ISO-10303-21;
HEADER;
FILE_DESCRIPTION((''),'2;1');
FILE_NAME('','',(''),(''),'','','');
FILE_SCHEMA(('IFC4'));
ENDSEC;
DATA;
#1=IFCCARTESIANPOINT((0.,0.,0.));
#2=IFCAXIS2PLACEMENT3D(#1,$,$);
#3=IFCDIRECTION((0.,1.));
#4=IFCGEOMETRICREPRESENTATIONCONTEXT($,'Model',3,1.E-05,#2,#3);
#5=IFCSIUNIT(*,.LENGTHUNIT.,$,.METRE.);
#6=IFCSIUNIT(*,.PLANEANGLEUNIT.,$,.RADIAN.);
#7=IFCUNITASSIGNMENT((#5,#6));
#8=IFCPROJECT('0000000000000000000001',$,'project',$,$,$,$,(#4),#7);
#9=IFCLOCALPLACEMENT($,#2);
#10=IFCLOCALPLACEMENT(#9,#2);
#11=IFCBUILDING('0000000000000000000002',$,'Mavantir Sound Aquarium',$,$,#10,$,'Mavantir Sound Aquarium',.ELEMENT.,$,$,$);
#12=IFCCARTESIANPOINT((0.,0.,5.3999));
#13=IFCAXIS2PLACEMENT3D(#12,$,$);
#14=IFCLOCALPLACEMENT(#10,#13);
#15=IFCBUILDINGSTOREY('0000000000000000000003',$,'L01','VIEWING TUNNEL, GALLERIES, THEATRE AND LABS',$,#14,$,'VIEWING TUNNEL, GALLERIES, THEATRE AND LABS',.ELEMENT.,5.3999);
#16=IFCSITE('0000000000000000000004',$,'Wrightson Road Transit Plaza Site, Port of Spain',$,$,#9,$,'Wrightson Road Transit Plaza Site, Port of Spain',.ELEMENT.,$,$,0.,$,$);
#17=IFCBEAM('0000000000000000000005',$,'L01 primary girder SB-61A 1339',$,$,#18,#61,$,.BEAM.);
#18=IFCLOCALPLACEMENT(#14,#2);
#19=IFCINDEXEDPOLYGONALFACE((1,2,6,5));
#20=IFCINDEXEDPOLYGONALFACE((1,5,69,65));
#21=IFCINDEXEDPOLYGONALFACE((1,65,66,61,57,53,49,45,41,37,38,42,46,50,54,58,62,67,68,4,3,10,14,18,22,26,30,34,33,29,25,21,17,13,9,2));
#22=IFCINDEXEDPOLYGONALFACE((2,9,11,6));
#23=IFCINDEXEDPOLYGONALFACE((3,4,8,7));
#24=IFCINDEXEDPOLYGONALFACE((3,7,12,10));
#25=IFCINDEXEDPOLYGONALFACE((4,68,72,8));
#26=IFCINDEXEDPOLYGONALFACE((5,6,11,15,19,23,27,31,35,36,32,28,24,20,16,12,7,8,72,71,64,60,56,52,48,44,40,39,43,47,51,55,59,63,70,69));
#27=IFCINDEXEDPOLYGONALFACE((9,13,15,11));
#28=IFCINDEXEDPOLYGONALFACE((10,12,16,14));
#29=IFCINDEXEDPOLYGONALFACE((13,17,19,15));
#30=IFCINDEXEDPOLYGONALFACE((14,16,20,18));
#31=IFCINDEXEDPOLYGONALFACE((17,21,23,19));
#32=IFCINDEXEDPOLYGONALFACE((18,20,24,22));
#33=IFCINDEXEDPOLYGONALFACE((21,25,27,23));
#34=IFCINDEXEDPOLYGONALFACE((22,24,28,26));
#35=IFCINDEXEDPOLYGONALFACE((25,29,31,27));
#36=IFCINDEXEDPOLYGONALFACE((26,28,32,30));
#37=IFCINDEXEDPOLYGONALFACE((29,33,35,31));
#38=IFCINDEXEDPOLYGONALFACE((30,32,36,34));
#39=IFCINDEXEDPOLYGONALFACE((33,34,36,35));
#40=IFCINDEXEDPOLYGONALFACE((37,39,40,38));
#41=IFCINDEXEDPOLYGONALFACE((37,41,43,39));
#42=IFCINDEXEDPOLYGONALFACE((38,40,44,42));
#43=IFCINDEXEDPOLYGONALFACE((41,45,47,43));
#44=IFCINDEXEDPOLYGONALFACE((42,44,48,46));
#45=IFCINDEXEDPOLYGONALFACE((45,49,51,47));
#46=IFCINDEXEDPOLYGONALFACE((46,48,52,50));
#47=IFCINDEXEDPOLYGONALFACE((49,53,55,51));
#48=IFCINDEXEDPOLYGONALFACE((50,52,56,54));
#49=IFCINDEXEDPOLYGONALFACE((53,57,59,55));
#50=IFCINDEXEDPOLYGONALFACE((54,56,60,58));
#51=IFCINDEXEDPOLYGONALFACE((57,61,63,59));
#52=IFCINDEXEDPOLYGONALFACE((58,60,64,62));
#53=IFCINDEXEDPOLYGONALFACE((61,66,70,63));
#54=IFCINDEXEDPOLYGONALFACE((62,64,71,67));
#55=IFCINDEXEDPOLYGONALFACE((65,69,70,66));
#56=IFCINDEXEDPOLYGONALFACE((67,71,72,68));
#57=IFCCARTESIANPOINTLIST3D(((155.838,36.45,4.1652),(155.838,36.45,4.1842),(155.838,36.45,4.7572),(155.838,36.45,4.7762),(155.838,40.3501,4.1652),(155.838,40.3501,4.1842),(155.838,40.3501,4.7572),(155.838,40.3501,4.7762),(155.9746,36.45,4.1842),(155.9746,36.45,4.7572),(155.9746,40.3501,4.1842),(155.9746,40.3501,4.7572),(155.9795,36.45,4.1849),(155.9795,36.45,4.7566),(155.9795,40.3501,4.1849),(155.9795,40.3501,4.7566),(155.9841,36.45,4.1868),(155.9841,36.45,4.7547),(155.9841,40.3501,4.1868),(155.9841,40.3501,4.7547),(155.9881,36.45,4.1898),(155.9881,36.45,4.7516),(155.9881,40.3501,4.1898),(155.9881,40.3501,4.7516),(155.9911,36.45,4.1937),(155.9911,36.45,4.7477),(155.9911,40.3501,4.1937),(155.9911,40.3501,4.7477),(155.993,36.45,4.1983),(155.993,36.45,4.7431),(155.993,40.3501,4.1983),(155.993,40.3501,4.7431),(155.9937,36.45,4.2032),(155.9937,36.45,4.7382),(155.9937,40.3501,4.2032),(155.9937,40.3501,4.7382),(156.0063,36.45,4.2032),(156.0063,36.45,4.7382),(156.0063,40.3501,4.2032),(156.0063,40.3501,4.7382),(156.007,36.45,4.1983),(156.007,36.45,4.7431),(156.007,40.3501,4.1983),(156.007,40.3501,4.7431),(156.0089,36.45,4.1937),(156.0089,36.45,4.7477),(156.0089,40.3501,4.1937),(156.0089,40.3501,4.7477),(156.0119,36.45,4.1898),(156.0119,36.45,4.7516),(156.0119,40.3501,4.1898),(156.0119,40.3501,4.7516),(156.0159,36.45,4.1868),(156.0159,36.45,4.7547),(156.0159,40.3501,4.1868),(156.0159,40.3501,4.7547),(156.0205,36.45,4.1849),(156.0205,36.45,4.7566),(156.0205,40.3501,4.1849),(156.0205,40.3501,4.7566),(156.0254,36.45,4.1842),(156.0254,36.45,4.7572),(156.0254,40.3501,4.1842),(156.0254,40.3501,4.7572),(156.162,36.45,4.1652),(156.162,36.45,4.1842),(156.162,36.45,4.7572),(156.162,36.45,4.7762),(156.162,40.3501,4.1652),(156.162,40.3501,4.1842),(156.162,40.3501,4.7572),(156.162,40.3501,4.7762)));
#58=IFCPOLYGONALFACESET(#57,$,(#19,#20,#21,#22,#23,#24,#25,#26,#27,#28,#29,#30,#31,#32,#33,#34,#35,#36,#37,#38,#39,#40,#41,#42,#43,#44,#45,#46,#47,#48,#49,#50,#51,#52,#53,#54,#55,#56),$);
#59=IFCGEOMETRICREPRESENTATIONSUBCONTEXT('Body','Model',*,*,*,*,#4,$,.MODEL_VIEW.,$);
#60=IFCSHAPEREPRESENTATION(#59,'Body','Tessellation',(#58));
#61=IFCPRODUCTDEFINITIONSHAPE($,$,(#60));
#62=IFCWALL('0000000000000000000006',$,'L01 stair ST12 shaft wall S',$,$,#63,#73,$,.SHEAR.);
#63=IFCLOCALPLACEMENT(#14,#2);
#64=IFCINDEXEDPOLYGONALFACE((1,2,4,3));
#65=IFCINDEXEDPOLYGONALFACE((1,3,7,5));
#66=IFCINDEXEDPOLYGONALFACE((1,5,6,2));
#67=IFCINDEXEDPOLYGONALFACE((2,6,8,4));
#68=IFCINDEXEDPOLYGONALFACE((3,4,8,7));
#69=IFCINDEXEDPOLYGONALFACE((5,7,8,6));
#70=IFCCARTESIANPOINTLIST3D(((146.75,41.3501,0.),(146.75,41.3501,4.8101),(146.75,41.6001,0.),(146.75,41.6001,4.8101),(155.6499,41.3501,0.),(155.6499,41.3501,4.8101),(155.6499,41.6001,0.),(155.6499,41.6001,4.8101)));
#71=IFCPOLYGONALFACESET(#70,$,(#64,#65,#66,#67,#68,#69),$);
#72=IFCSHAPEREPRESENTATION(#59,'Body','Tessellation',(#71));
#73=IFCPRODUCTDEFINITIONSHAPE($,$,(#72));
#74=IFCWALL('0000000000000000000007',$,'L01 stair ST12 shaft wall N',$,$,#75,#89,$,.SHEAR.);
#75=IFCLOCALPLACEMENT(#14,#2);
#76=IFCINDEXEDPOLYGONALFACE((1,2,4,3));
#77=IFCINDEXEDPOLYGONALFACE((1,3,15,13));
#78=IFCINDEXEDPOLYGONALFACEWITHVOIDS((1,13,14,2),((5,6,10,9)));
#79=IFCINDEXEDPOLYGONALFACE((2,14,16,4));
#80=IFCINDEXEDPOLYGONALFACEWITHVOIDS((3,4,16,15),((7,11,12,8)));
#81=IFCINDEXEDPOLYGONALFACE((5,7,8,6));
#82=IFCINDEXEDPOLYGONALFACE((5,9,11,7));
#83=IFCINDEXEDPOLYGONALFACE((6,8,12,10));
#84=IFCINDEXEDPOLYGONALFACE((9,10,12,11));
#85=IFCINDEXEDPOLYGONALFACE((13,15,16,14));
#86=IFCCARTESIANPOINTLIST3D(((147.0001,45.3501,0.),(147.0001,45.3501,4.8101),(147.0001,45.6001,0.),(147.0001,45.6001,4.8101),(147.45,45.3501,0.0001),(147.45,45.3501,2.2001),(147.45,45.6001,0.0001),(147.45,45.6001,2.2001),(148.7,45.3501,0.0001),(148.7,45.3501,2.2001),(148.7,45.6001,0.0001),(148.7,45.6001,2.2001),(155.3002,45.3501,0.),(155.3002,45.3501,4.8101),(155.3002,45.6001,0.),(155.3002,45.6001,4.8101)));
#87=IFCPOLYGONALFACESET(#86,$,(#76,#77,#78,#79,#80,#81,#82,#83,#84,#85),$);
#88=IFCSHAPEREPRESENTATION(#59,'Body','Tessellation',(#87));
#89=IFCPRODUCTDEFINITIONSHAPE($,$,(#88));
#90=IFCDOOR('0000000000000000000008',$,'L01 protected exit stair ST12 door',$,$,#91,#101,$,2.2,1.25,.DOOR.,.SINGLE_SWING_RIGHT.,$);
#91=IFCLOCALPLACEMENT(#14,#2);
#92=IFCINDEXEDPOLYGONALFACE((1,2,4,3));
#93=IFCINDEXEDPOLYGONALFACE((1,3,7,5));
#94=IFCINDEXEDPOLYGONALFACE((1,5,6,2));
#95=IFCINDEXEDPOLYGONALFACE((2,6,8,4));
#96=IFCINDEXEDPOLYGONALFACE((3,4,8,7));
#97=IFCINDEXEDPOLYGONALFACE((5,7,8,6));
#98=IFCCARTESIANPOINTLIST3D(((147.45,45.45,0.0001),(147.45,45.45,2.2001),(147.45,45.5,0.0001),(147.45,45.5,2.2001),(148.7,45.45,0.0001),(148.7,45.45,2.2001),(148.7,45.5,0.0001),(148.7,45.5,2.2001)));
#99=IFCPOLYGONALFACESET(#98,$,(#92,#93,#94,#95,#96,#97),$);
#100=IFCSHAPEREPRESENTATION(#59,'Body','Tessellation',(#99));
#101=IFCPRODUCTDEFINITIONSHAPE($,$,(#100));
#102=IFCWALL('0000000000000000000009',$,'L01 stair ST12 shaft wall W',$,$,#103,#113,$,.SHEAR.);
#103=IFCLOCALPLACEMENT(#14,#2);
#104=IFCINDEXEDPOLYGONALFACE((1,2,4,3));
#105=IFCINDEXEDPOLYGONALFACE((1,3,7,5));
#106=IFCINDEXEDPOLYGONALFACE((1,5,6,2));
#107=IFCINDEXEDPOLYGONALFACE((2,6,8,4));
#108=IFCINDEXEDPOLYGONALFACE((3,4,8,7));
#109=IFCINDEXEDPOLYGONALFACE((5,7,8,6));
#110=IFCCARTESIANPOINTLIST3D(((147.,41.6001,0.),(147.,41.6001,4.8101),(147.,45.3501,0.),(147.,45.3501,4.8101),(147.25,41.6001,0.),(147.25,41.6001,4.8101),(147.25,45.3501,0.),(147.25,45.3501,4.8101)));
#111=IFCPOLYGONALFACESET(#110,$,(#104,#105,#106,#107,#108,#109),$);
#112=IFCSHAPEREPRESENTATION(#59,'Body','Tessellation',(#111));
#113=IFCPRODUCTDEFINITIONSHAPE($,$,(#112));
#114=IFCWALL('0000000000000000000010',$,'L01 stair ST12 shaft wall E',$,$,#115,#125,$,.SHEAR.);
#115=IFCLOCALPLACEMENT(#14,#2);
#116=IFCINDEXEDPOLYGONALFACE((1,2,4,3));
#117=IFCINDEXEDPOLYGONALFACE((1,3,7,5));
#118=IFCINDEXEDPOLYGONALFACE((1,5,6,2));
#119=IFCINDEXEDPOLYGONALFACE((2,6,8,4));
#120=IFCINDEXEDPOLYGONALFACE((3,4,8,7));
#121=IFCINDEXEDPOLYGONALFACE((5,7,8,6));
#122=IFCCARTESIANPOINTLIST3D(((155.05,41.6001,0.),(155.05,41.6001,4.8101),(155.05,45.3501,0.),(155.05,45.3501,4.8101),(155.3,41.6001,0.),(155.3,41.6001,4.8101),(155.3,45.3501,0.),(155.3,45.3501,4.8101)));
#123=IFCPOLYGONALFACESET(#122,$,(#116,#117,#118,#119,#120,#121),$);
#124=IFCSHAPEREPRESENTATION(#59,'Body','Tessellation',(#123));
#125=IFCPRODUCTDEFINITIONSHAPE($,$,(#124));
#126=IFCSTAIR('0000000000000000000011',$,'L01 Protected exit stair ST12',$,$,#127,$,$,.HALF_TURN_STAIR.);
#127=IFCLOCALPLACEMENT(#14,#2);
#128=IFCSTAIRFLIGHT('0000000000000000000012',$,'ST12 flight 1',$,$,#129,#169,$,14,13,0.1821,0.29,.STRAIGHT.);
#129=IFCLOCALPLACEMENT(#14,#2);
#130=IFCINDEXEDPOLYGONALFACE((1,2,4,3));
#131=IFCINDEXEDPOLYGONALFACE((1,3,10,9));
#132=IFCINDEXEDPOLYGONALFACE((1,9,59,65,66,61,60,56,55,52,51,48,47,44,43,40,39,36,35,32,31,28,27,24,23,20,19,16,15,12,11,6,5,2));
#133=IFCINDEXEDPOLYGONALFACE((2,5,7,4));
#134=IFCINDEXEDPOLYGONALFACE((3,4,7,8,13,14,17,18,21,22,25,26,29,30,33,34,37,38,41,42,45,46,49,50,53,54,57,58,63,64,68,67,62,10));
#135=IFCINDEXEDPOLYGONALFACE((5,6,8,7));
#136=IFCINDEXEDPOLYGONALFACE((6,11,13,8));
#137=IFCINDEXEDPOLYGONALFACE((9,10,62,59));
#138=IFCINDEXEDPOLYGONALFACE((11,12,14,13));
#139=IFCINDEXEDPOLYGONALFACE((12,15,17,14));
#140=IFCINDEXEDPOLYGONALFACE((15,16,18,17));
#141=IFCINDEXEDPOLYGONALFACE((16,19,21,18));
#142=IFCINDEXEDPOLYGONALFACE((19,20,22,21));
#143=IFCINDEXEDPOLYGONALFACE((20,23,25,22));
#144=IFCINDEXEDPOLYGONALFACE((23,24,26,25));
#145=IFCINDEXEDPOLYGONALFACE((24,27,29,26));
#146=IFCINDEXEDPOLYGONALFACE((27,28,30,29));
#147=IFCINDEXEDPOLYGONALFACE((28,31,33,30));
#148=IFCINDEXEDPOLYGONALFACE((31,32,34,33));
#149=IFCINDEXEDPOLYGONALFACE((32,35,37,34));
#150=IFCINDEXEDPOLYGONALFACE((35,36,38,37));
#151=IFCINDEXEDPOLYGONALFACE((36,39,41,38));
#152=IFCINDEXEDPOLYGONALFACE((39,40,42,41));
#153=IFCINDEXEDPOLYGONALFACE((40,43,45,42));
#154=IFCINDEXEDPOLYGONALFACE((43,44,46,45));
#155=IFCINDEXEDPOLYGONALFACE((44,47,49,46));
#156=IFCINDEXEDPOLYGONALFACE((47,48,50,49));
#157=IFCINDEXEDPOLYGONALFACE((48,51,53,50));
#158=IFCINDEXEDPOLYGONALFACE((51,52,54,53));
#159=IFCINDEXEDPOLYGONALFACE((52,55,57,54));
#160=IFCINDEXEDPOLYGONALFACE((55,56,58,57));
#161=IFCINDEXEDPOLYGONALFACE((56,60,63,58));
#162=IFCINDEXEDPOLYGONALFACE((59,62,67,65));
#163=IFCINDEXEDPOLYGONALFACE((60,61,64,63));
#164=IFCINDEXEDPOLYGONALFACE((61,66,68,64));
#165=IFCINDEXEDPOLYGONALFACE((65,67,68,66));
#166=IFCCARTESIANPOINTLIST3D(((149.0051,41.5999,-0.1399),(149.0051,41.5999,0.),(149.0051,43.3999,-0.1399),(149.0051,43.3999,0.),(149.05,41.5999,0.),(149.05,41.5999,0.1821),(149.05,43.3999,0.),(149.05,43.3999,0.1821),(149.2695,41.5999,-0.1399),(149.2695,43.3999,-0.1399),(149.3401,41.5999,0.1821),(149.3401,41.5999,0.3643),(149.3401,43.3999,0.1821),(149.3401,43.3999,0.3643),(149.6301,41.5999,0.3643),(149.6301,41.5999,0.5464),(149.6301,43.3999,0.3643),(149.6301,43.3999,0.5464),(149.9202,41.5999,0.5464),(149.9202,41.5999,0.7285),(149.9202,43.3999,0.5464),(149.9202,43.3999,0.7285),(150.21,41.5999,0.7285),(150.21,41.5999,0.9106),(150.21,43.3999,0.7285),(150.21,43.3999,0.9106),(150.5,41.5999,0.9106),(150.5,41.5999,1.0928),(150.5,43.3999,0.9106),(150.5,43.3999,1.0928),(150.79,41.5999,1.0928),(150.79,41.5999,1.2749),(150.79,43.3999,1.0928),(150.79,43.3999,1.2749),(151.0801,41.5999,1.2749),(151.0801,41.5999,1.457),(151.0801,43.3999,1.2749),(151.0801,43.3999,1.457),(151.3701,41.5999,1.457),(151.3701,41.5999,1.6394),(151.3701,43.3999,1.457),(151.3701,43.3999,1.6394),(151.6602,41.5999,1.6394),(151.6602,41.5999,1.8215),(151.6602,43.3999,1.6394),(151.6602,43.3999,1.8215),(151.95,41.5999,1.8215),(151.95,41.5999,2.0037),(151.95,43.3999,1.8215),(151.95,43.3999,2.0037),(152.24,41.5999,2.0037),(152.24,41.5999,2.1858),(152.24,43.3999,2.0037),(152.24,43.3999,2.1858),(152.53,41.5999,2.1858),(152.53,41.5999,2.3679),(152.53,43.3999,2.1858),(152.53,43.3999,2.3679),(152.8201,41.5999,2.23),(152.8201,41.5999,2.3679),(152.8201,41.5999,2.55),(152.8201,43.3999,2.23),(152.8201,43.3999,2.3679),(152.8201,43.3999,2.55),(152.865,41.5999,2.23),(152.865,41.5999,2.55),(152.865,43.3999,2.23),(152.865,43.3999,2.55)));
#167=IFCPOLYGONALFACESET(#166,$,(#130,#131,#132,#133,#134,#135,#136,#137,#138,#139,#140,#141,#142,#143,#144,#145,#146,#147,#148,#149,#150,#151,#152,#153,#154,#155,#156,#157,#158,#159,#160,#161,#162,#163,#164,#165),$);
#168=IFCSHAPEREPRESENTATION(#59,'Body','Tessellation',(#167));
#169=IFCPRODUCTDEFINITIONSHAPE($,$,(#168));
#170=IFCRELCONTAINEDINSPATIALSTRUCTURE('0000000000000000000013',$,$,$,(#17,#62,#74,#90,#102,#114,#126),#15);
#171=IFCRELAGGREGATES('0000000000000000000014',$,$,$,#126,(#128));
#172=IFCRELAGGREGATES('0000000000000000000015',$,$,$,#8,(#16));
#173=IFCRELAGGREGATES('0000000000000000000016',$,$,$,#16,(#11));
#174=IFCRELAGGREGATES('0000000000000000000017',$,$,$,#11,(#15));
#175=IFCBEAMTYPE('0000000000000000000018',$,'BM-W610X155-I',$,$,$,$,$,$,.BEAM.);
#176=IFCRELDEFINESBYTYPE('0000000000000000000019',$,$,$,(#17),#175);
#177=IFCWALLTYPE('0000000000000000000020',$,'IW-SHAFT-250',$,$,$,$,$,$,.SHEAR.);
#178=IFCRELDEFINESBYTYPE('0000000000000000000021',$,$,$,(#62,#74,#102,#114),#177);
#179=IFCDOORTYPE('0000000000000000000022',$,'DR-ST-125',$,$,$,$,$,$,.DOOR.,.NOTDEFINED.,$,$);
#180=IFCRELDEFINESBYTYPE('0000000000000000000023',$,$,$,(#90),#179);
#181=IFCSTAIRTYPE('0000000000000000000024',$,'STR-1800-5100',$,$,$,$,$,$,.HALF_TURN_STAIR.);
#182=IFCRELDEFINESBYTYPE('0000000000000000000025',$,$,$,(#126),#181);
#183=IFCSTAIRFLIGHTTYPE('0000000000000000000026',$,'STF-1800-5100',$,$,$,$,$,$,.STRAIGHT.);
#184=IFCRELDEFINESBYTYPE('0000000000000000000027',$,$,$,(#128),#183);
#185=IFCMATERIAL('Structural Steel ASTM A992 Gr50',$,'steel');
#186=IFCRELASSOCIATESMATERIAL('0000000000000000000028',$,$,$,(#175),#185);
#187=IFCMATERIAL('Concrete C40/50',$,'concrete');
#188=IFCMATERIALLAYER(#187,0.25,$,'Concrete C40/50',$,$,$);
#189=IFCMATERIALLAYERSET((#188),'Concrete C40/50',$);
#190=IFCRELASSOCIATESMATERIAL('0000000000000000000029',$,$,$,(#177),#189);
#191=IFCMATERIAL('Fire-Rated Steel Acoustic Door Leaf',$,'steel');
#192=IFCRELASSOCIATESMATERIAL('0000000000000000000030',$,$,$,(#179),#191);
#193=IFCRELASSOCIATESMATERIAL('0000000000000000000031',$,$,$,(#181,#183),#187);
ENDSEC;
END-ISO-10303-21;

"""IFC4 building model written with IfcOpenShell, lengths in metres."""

from ifc_helpers import new_model, si_unit, direction, frame, frame_2d, origin, origin_2d, place, context, subcontext, project, spatial, polyline, rectangle, i_section, outline, extrude, material, layer, layer_set, material_profile, profile_set, type_object, element, fill, aggregate, save


model = new_model("IFC4")

# Units and contexts
model_context = context("Model", 3, precision=1e-05, world=origin(), true_north=direction((0.0, 1.0)))
body_context = subcontext(model_context, "Body", "Model", "MODEL_VIEW")
ifc_project = project(units=[si_unit("LENGTHUNIT", "METRE"), si_unit("PLANEANGLEUNIT", "RADIAN")], contexts=[model_context])

# Site, building, storey
site_placement = place(None, origin())
site = spatial("IfcSite", under=ifc_project, at=site_placement, Name="Wrightson Road Transit Plaza Site, Port of Spain", LongName="Wrightson Road Transit Plaza Site, Port of Spain", CompositionType="ELEMENT", RefElevation=0.0)
building_placement = place(site_placement, origin())
building = spatial("IfcBuilding", under=site, at=building_placement, Name="Mavantir Sound Aquarium", LongName="Mavantir Sound Aquarium", CompositionType="ELEMENT")
storey_placement = place(building_placement, frame((0.0, 0.0, 5.3999)))
storey = spatial("IfcBuildingStorey", under=building, at=storey_placement, Name="L01", Description="VIEWING TUNNEL, GALLERIES, THEATRE AND LABS", LongName="VIEWING TUNNEL, GALLERIES, THEATRE AND LABS", CompositionType="ELEMENT", Elevation=5.3999)

# Shared definitions
ifc_material_1 = material(Name="Concrete C40/50", Category="concrete")

# Beam
ifc_material_2 = material(Name="Structural Steel ASTM A992 Gr50", Category="steel")
ifc_material_profile_1 = material_profile(ifc_material_2, i_section(OverallWidth=0.324, OverallDepth=0.6111, WebThickness=0.0127, FlangeThickness=0.019, FilletRadius=0.019, at=origin_2d()), Name="W610X155")
ifc_profile_set_1 = profile_set([ifc_material_profile_1], Name="Structural Steel ASTM A992 Gr50")
beam_type_1 = type_object("IfcBeamType", Name="BM-W610X155-I", PredefinedType="BEAM", material=ifc_profile_set_1)
beam_1_placement = place(storey_placement, frame((156.0, 36.45, 4.4707), z_axis=(0.0, 1.0, 0.0), x_axis=(-1.0, 0.0, 0.0)))
element("IfcBeam", 1, at=beam_1_placement, inside=storey, type_object=beam_type_1, Name="L01 primary girder SB-61A 1339", PredefinedType="BEAM", context=body_context, shape_type="SweptSolid", body=[
    extrude(i_section(OverallWidth=0.324, OverallDepth=0.6111, WebThickness=0.0127, FlangeThickness=0.019, FilletRadius=0.019, at=origin_2d()), origin(), (0.0, 0.0, 1.0), 3.9001),
])

# Wall
ifc_layer_1 = layer(ifc_material_1, 0.25, Name="Concrete C40/50")
ifc_layer_set_1 = layer_set([ifc_layer_1], Name="Concrete C40/50")
wall_type = type_object("IfcWallType", Name="IW-SHAFT-250", PredefinedType="SHEAR", material=ifc_layer_set_1)
wall_1_placement = place(storey_placement, frame((146.75, 41.4751, 0.0), z_axis=(0.0, 0.0, 1.0), x_axis=(1.0, 0.0, 0.0)))
element("IfcWall", 2, at=wall_1_placement, inside=storey, type_object=wall_type, Name="L01 stair ST12 shaft wall S", PredefinedType="SHEAR", context=body_context, shape_type="SweptSolid", body=[
    extrude(rectangle(XDim=8.8999, YDim=0.25, at=frame_2d((4.45, 0.0))), origin(), (0.0, 0.0, 1.0), 4.8101),
])

# Wall, opening, door
wall_2_placement = place(storey_placement, frame((155.3, 45.4751, 0.0), z_axis=(0.0, 0.0, 1.0), x_axis=(-1.0, 0.0, 0.0)))
wall_2 = element("IfcWall", 3, at=wall_2_placement, inside=storey, type_object=wall_type, Name="L01 stair ST12 shaft wall N", PredefinedType="SHEAR", context=body_context, shape_type="SweptSolid", body=[
    extrude(rectangle(XDim=8.3, YDim=0.25, at=frame_2d((4.1499, 0.0))), origin(), (0.0, 0.0, 1.0), 4.8101),
])
opening_placement = place(wall_2_placement, frame((7.8501, 0.0, 0.0), z_axis=(0.0, 0.0, 1.0), x_axis=(-1.0, 0.0, 0.0)))
opening = element("IfcOpeningElement", 4, at=opening_placement, cuts=wall_2, PredefinedType="OPENING", context=body_context, shape_type="SweptSolid", body=[
    extrude(rectangle(XDim=1.25, YDim=2.2, at=frame_2d((0.625, 1.1001))), frame((0.0, 0.135, 0.0), z_axis=(0.0, -1.0, 0.0), x_axis=(1.0, 0.0, 0.0)), (0.0, 0.0, 1.0), 0.27),
])
ifc_material_3 = material(Name="Fire-Rated Steel Acoustic Door Leaf", Category="steel")
door_type = type_object("IfcDoorType", Name="DR-ST-125", OperationType="NOTDEFINED", PredefinedType="DOOR", material=ifc_material_3)
door_placement = place(opening_placement, origin())
door = element("IfcDoor", 5, at=door_placement, inside=storey, type_object=door_type, Name="L01 protected exit stair ST12 door", OperationType="SINGLE_SWING_RIGHT", OverallHeight=2.2, OverallWidth=1.25, PredefinedType="DOOR", context=body_context, shape_type="SweptSolid", body=[
    extrude(rectangle(XDim=1.25, YDim=2.2, at=frame_2d((0.625, 1.1001))), frame((0.0, 0.0249, 0.0), z_axis=(0.0, -1.0, 0.0), x_axis=(1.0, 0.0, 0.0)), (0.0, 0.0, 1.0), 0.05),
])
fill(opening, door)

# Walls
for number, where, z_axis, x_axis, name in (
    (6, (147.125, 45.3501, 0.0), (0.0, 0.0, 1.0), (0.0, -1.0, 0.0), "L01 stair ST12 shaft wall W"),
    (7, (155.175, 41.6001, 0.0), (0.0, 0.0, 1.0), (0.0, 1.0, 0.0), "L01 stair ST12 shaft wall E"),
):
    element("IfcWall", number, at=place(storey_placement, frame(where, z_axis=z_axis, x_axis=x_axis)), inside=storey, type_object=wall_type, Name=name, PredefinedType="SHEAR", context=body_context, shape_type="SweptSolid", body=[
        extrude(rectangle(XDim=3.75, YDim=0.25, at=frame_2d((1.875, 0.0))), origin(), (0.0, 0.0, 1.0), 4.8101),
    ])

# Stair, stair flight
stair_type = type_object("IfcStairType", Name="STR-1800-5100", PredefinedType="HALF_TURN_STAIR", material=ifc_material_1)
stair_placement = place(storey_placement, origin())
stair = element("IfcStair", 8, at=stair_placement, inside=storey, type_object=stair_type, Name="L01 Protected exit stair ST12", PredefinedType="HALF_TURN_STAIR")
stair_flight_type = type_object("IfcStairFlightType", Name="STF-1800-5100", PredefinedType="STRAIGHT", material=ifc_material_1)
stair_flight_1_placement = place(storey_placement, frame((149.05, 42.5, 0.0), z_axis=(0.0, 0.0, 1.0), x_axis=(1.0, 0.0, 0.0)))
stair_flight_1 = element("IfcStairFlight", 9, at=stair_flight_1_placement, type_object=stair_flight_type, Name="ST12 flight 1", NumberOfRisers=14, NumberOfTreads=13, PredefinedType="STRAIGHT", RiserHeight=0.1821, TreadLength=0.29, context=body_context, shape_type="SweptSolid", body=[
    extrude(outline(polyline([(-0.0449, -0.1399), (-0.0449, 0.0), (0.0, 0.0), (0.0, 0.1821), (0.29, 0.1821), (0.29, 0.3643), (0.5801, 0.3643), (0.5801, 0.5464), (0.8701, 0.5464), (0.8701, 0.7285), (1.1599, 0.7285), (1.1599, 0.9106), (1.45, 0.9106), (1.45, 1.0928), (1.74, 1.0928), (1.74, 1.2749), (2.03, 1.2749), (2.03, 1.457), (2.3201, 1.457), (2.3201, 1.6394), (2.6101, 1.6394), (2.6101, 1.8215), (2.8999, 1.8215), (2.8999, 2.0037), (3.1899, 2.0037), (3.1899, 2.1858), (3.48, 2.1858), (3.48, 2.3679), (3.77, 2.3679), (3.77, 2.55), (3.8149, 2.55), (3.8149, 2.23), (3.77, 2.23), (0.2195, -0.1399), (-0.0449, -0.1399)])), frame((0.0, 0.8999, 0.0), z_axis=(0.0, -1.0, 0.0), x_axis=(1.0, 0.0, 0.0)), (0.0, 0.0, 1.0), 1.8),
])
aggregate(stair, [stair_flight_1])

save(model, "model.ifc")
